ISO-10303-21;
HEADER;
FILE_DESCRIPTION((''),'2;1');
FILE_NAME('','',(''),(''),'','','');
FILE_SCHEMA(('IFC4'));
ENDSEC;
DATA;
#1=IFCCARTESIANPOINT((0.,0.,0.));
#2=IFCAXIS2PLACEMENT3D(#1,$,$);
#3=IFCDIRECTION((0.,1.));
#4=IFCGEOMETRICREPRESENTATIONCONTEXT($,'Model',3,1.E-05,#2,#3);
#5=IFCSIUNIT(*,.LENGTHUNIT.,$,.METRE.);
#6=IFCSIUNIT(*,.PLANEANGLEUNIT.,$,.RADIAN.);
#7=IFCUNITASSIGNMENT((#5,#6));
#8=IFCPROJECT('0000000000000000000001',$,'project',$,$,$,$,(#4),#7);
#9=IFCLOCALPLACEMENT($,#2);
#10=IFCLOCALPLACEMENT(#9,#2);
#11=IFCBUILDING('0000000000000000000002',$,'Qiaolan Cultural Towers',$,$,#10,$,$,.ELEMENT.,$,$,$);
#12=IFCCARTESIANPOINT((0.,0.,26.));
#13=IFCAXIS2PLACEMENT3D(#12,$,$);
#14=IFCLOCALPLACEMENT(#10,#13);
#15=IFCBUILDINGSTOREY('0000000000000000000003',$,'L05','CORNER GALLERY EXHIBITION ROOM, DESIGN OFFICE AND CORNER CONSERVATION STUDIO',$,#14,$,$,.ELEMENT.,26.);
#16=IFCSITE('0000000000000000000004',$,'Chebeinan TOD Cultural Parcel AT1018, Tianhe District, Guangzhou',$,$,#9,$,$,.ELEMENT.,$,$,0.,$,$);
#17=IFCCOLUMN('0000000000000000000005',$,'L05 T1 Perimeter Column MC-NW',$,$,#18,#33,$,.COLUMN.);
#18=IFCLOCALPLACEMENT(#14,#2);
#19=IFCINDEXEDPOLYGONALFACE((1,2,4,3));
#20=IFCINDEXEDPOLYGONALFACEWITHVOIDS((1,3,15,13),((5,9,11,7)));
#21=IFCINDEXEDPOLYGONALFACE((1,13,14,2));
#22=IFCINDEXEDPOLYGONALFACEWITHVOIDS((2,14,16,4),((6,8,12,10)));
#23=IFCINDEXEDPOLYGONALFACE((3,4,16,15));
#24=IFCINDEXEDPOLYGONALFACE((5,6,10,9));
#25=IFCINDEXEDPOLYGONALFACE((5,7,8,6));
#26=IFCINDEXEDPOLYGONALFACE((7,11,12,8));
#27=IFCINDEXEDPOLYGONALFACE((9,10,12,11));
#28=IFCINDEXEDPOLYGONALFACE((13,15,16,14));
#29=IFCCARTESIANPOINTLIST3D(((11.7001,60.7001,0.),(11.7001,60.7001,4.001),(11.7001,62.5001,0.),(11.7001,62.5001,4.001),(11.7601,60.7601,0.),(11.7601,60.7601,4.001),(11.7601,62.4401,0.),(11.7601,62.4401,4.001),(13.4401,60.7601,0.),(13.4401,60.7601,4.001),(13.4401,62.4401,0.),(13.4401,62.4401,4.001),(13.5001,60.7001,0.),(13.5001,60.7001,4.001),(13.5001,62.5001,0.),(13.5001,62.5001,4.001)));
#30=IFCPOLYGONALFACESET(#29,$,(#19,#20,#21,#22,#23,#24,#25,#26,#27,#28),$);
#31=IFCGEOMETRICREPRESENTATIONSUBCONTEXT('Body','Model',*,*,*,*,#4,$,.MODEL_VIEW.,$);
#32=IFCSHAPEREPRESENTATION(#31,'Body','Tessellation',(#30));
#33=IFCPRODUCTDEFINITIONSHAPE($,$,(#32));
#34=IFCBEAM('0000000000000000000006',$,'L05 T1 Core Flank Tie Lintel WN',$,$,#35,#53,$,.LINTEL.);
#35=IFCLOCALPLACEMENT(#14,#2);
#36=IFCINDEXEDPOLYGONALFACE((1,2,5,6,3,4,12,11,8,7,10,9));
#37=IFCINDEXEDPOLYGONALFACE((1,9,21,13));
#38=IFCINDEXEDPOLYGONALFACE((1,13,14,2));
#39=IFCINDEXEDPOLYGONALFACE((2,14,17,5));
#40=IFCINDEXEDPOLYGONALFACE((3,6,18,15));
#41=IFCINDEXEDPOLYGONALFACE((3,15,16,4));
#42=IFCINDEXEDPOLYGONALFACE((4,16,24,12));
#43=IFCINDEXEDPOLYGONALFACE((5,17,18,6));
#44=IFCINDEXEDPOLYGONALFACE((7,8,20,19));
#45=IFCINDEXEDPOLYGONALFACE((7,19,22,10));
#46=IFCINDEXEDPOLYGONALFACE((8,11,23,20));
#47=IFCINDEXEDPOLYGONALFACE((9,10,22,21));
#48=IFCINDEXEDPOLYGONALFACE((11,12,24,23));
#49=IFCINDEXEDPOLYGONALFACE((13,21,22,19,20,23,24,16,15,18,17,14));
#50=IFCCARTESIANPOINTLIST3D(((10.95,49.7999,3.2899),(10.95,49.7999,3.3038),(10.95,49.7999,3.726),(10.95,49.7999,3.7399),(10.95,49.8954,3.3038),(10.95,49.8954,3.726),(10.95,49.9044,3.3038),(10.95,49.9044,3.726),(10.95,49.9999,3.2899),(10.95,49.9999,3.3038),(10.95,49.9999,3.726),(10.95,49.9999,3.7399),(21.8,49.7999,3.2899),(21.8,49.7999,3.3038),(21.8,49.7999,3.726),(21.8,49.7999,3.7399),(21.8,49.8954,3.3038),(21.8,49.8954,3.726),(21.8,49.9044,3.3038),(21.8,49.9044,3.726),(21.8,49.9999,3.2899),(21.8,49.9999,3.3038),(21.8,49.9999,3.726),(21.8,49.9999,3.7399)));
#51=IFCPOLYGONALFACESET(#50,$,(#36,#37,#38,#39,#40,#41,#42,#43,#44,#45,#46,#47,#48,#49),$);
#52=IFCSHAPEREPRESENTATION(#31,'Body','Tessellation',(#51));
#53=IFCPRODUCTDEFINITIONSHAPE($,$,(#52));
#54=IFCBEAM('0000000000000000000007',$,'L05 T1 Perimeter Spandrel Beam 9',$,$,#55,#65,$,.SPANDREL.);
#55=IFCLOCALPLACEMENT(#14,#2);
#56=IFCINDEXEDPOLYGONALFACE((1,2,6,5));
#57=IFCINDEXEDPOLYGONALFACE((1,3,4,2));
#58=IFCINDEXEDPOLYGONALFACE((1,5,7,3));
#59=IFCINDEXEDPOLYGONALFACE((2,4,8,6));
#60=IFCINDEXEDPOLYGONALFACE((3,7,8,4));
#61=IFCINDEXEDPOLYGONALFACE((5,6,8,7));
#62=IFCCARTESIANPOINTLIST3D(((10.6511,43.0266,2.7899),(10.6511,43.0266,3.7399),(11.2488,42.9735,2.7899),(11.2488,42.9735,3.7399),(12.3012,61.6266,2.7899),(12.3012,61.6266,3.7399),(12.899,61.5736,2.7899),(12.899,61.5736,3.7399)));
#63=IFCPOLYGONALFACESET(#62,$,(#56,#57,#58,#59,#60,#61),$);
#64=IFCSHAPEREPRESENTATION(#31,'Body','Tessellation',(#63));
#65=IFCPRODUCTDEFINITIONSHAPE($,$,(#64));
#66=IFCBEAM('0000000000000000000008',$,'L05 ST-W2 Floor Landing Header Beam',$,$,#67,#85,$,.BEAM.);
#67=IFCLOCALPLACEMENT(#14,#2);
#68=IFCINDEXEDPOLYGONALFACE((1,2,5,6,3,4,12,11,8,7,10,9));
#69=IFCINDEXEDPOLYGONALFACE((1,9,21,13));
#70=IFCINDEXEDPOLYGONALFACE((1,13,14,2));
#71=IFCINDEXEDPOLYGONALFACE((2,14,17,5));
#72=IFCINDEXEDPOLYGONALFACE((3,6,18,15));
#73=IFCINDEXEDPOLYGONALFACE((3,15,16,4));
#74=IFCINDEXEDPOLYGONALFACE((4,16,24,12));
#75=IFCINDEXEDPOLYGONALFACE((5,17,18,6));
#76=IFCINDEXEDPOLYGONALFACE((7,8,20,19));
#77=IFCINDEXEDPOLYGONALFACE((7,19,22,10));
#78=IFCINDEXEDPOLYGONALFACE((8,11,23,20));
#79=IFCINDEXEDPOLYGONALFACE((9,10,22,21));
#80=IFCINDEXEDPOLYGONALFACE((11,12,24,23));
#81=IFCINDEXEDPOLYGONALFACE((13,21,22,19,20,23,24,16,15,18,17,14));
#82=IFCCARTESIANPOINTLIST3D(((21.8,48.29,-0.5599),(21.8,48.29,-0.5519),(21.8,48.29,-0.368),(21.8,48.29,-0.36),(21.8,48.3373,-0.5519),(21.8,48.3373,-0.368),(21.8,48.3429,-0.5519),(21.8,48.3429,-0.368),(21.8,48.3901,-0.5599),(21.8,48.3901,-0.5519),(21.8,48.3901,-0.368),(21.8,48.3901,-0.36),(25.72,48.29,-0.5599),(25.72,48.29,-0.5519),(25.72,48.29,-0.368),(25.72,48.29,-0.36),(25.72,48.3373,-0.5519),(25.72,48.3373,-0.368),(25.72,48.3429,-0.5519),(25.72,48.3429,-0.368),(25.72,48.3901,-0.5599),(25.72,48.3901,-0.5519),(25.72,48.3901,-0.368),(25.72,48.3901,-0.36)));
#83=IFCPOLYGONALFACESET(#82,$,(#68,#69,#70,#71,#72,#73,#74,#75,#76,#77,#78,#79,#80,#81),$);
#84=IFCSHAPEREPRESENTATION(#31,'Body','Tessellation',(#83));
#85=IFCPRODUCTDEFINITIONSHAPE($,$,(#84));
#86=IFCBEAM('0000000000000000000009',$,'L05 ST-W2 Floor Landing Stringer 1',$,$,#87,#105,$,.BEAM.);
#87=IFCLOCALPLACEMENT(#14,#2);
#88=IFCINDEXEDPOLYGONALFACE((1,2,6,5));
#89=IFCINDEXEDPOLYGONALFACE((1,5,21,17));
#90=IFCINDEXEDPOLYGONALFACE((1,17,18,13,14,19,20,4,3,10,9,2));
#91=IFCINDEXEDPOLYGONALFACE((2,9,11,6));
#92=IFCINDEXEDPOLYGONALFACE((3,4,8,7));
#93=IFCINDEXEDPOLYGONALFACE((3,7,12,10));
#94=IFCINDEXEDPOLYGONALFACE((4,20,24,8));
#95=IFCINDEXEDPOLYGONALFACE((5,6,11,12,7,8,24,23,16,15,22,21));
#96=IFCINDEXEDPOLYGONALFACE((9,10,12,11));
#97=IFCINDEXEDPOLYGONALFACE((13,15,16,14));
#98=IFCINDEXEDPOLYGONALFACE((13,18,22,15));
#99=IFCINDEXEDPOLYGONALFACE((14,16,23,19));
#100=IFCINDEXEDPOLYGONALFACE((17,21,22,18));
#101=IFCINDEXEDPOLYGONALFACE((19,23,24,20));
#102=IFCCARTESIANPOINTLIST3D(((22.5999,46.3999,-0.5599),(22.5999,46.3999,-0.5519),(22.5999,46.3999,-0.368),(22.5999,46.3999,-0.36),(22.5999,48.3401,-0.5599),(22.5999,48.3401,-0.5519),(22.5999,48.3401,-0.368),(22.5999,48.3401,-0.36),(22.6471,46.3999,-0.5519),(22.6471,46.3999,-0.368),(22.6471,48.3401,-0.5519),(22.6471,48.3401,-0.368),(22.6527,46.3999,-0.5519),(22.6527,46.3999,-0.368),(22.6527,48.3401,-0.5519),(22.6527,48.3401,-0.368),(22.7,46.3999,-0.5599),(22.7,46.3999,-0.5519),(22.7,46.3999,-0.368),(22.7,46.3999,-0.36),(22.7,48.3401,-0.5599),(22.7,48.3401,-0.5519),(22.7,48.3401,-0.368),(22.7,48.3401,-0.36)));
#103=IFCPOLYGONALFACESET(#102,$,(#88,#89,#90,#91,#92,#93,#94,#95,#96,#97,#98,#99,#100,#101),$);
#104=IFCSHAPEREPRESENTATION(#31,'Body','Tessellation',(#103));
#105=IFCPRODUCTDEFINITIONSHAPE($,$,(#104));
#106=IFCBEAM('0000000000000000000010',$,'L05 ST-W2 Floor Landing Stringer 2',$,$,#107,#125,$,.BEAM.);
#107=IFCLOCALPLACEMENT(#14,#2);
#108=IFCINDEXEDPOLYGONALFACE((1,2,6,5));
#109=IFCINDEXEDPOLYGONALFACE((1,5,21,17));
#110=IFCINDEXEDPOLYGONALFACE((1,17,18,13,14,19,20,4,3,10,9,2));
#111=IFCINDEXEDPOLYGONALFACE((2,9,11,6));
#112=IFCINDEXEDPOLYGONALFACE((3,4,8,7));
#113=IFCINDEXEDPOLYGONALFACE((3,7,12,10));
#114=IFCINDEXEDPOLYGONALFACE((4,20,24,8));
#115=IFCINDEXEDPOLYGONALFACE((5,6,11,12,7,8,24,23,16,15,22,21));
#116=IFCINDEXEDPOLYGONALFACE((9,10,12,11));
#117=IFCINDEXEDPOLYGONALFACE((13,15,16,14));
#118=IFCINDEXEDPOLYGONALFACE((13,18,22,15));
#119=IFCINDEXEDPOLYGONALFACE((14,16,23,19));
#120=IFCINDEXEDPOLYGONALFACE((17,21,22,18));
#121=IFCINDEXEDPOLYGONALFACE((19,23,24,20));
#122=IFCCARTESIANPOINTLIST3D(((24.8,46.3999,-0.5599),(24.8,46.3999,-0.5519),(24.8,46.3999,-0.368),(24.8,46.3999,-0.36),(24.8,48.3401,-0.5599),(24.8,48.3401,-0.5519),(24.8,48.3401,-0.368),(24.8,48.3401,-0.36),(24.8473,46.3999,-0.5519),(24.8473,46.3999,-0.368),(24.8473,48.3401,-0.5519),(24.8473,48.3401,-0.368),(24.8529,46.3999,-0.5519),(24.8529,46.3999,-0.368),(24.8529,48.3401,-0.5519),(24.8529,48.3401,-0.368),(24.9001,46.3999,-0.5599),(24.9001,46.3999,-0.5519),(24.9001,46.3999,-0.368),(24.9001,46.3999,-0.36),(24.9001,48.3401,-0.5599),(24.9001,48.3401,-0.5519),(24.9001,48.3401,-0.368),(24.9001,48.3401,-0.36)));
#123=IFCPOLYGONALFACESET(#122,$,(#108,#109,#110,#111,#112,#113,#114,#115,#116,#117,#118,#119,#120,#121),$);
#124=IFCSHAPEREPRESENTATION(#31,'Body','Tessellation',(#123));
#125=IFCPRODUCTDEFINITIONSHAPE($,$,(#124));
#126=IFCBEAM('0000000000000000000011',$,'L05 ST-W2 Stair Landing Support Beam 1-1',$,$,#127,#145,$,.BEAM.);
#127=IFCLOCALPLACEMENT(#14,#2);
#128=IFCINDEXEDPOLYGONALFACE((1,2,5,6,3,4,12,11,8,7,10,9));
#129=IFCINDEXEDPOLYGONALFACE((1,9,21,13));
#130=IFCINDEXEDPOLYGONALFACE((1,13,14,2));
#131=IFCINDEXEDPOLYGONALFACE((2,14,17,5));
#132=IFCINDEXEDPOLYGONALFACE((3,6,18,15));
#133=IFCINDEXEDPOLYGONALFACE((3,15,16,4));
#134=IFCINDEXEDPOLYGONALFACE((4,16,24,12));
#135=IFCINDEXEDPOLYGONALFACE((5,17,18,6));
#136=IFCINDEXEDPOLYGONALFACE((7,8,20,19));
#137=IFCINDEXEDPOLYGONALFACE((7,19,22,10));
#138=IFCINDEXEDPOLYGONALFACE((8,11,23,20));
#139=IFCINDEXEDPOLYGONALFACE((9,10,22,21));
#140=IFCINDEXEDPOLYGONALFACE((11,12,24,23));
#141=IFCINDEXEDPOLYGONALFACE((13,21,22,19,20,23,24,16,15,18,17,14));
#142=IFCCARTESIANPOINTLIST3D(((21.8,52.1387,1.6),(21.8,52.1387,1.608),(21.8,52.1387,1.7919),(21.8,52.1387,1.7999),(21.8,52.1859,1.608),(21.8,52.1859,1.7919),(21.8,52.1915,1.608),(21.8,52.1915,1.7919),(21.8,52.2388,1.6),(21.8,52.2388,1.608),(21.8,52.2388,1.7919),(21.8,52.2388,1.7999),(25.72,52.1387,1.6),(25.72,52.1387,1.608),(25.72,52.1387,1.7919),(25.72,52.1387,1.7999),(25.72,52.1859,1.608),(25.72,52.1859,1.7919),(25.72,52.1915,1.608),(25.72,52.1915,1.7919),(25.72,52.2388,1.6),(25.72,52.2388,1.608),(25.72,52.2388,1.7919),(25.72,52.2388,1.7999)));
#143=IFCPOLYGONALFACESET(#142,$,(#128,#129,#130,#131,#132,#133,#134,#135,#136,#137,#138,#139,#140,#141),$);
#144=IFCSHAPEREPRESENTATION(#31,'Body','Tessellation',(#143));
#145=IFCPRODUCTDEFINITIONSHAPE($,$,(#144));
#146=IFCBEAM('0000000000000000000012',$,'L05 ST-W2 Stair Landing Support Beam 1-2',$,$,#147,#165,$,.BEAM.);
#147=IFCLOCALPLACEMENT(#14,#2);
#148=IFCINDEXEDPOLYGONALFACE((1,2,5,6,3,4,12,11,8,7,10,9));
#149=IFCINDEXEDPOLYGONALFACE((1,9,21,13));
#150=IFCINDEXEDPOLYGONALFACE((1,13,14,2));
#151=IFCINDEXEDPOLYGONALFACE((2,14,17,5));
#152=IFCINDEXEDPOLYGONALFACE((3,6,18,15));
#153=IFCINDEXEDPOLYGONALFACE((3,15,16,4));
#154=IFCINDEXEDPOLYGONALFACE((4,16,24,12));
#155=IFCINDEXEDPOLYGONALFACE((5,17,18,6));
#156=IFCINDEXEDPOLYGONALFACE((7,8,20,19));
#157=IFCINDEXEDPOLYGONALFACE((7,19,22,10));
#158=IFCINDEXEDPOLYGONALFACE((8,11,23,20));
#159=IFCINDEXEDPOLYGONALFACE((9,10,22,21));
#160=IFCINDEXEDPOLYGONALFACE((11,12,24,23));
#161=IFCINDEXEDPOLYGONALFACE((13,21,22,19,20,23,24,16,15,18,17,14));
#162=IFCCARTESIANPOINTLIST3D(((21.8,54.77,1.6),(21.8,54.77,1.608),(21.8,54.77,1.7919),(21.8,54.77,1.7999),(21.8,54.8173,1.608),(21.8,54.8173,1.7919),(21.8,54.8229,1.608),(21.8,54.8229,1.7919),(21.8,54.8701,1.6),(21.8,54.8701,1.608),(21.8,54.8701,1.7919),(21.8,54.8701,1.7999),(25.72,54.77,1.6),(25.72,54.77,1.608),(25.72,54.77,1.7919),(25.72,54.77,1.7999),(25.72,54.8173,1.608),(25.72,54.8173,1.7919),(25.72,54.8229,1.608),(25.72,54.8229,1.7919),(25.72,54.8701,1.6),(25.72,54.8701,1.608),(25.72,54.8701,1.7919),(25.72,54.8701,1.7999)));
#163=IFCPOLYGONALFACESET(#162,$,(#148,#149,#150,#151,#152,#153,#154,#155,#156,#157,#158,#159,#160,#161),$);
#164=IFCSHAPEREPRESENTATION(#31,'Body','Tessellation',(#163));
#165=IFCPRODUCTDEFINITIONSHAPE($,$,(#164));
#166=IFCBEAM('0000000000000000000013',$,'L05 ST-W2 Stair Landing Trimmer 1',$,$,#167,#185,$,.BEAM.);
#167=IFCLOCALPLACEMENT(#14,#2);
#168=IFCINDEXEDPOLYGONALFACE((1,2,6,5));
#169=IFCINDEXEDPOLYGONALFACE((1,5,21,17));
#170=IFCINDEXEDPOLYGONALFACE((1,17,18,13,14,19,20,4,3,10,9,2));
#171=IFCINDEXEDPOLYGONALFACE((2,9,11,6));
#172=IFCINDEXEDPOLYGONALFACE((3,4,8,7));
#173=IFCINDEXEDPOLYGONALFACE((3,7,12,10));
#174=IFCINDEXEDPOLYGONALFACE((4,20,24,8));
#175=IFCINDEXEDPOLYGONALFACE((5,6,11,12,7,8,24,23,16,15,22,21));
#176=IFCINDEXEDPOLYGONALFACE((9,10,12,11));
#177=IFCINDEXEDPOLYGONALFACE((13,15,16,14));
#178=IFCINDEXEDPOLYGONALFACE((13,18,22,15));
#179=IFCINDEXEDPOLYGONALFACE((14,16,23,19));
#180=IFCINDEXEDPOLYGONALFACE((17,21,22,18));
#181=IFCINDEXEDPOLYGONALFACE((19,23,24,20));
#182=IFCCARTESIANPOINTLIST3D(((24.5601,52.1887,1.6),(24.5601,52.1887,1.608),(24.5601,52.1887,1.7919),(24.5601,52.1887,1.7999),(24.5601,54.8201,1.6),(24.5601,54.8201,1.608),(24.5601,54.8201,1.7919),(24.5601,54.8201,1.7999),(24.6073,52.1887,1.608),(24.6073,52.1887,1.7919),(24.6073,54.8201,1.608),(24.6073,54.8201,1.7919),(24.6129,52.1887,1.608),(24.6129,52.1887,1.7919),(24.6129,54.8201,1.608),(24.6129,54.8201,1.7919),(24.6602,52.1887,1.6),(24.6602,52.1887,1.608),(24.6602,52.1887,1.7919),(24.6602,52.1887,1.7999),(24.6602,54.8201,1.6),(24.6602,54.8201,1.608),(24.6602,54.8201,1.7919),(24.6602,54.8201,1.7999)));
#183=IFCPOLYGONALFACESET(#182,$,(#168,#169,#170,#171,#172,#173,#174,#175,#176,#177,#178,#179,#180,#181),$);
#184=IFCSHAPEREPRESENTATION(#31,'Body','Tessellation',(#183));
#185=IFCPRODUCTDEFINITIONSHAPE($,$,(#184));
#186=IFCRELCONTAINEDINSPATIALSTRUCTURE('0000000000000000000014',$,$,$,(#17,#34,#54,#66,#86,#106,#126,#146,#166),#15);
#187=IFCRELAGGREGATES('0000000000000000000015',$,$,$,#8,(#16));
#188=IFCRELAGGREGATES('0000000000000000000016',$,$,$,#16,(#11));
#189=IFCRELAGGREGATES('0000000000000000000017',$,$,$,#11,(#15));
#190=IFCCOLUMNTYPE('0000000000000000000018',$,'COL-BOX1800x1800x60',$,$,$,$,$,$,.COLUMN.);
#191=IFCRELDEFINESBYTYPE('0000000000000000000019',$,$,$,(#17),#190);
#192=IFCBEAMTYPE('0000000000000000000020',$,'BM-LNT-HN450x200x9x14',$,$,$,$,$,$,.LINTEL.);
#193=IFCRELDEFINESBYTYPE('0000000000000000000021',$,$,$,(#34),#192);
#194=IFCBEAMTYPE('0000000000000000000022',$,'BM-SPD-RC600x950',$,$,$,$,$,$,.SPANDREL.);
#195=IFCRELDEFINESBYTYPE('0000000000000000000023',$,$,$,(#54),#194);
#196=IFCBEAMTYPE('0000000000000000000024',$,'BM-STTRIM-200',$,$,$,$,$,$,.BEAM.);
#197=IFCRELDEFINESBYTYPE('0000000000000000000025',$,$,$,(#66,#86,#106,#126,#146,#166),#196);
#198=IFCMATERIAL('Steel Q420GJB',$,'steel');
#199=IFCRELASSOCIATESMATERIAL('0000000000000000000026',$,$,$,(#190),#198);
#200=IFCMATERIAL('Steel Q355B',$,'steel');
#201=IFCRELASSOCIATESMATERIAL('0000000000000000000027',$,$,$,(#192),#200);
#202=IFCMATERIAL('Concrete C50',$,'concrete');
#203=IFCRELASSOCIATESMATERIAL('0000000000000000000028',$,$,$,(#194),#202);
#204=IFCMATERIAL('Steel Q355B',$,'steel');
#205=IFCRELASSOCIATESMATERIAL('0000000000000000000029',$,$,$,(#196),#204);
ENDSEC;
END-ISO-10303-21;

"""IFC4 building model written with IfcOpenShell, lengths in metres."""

from ifc_helpers import new_model, si_unit, direction, frame, origin, origin_2d, place, context, subcontext, project, spatial, rectangle, hollow_rectangle, i_section, extrude, material, material_profile, profile_set, type_object, element, save


model = new_model("IFC4")

# Units and contexts
model_context = context("Model", 3, precision=1e-05, world=origin(), true_north=direction((0.0, 1.0)))
body_context = subcontext(model_context, "Body", "Model", "MODEL_VIEW")
ifc_project = project(units=[si_unit("LENGTHUNIT", "METRE"), si_unit("PLANEANGLEUNIT", "RADIAN")], contexts=[model_context])

# Site, building, storey
site_placement = place(None, origin())
site = spatial("IfcSite", under=ifc_project, at=site_placement, Name="Chebeinan TOD Cultural Parcel AT1018, Tianhe District, Guangzhou", CompositionType="ELEMENT", RefElevation=0.0)
building_placement = place(site_placement, origin())
building = spatial("IfcBuilding", under=site, at=building_placement, Name="Qiaolan Cultural Towers", CompositionType="ELEMENT")
storey_placement = place(building_placement, frame((0.0, 0.0, 26.0)))
storey = spatial("IfcBuildingStorey", under=building, at=storey_placement, Name="L05", Description="CORNER GALLERY EXHIBITION ROOM, DESIGN OFFICE AND CORNER CONSERVATION STUDIO", CompositionType="ELEMENT", Elevation=26.0)

# Column
ifc_material_1 = material(Name="Steel Q420GJB", Category="steel")
ifc_material_profile_1 = material_profile(ifc_material_1, hollow_rectangle(XDim=1.8, YDim=1.8, WallThickness=0.0601, at=origin_2d()), Name="BOX1800x1800x60")
ifc_profile_set_1 = profile_set([ifc_material_profile_1], Name="Steel Q420GJB")
column_type = type_object("IfcColumnType", Name="COL-BOX1800x1800x60", PredefinedType="COLUMN", material=ifc_profile_set_1)
column_placement = place(storey_placement, frame((12.6001, 61.6001, 0.0), z_axis=(0.0, 0.0, 1.0), x_axis=(1.0, 0.0, 0.0)))
element("IfcColumn", 1, at=column_placement, inside=storey, type_object=column_type, Name="L05 T1 Perimeter Column MC-NW", PredefinedType="COLUMN", context=body_context, shape_type="SweptSolid", body=[
    extrude(hollow_rectangle(XDim=1.8, YDim=1.8, WallThickness=0.0601, at=origin_2d()), origin(), (0.0, 0.0, 1.0), 4.001),
])

# Beams
ifc_material_2 = material(Name="Steel Q355B", Category="steel")
ifc_material_profile_2 = material_profile(ifc_material_2, i_section(OverallWidth=0.2, OverallDepth=0.45, WebThickness=0.009, FlangeThickness=0.0139, at=origin_2d()), Name="HN450x200x9x14")
ifc_profile_set_2 = profile_set([ifc_material_profile_2], Name="Steel Q355B")
beam_type_1 = type_object("IfcBeamType", Name="BM-LNT-HN450x200x9x14", PredefinedType="LINTEL", material=ifc_profile_set_2)
beam_1_placement = place(storey_placement, frame((21.8, 49.8999, 3.5149), z_axis=(-1.0, 0.0, 0.0), x_axis=(0.0, -1.0, 0.0)))
element("IfcBeam", 2, at=beam_1_placement, inside=storey, type_object=beam_type_1, Name="L05 T1 Core Flank Tie Lintel WN", PredefinedType="LINTEL", context=body_context, shape_type="SweptSolid", body=[
    extrude(i_section(OverallWidth=0.2, OverallDepth=0.45, WebThickness=0.009, FlangeThickness=0.0139, at=origin_2d()), origin(), (0.0, 0.0, 1.0), 10.8501),
])
ifc_material_3 = material(Name="Concrete C50", Category="concrete")
ifc_material_profile_3 = material_profile(ifc_material_3, rectangle(XDim=0.6001, YDim=0.95, at=origin_2d()), Name="RC600x950")
ifc_profile_set_3 = profile_set([ifc_material_profile_3], Name="Concrete C50")
beam_type_2 = type_object("IfcBeamType", Name="BM-SPD-RC600x950", PredefinedType="SPANDREL", material=ifc_profile_set_3)
beam_2_placement = place(storey_placement, frame((12.6001, 61.6001, 3.2649), z_axis=(-0.08837, -0.996088, 0.0), x_axis=(0.996088, -0.08837, 0.0)))
element("IfcBeam", 3, at=beam_2_placement, inside=storey, type_object=beam_type_2, Name="L05 T1 Perimeter Spandrel Beam 9", PredefinedType="SPANDREL", context=body_context, shape_type="SweptSolid", body=[
    extrude(rectangle(XDim=0.6001, YDim=0.95, at=origin_2d()), origin(), (0.0, 0.0, 1.0), 18.6731),
])
ifc_material_4 = material(Name="Steel Q355B", Category="steel")
ifc_material_profile_4 = material_profile(ifc_material_4, i_section(OverallWidth=0.1001, OverallDepth=0.2, WebThickness=0.0056, FlangeThickness=0.0081, at=origin_2d()), Name="HN200x100x5.5x8")
ifc_profile_set_4 = profile_set([ifc_material_profile_4], Name="Steel Q355B")
beam_type_3 = type_object("IfcBeamType", Name="BM-STTRIM-200", PredefinedType="BEAM", material=ifc_profile_set_4)
beam_3_placement = place(storey_placement, frame((21.8, 48.3401, -0.46), z_axis=(1.0, 0.0, 0.0), x_axis=(0.0, 1.0, 0.0)))
element("IfcBeam", 4, at=beam_3_placement, inside=storey, type_object=beam_type_3, Name="L05 ST-W2 Floor Landing Header Beam", PredefinedType="BEAM", context=body_context, shape_type="SweptSolid", body=[
    extrude(i_section(OverallWidth=0.1001, OverallDepth=0.2, WebThickness=0.0056, FlangeThickness=0.0081, at=origin_2d()), origin(), (0.0, 0.0, 1.0), 3.9199),
])
for number, where, z_axis, x_axis, name in (
    (5, (22.6499, 46.3999, -0.46), (0.0, 1.0, 0.0), (-1.0, 0.0, 0.0), "L05 ST-W2 Floor Landing Stringer 1"),
    (6, (24.8501, 46.3999, -0.46), (0.0, 1.0, 0.0), (-1.0, 0.0, 0.0), "L05 ST-W2 Floor Landing Stringer 2"),
):
    element("IfcBeam", number, at=place(storey_placement, frame(where, z_axis=z_axis, x_axis=x_axis)), inside=storey, type_object=beam_type_3, Name=name, PredefinedType="BEAM", context=body_context, shape_type="SweptSolid", body=[
        extrude(i_section(OverallWidth=0.1001, OverallDepth=0.2, WebThickness=0.0056, FlangeThickness=0.0081, at=origin_2d()), origin(), (0.0, 0.0, 1.0), 1.9402),
    ])
for number, where, z_axis, x_axis, name in (
    (7, (21.8, 52.1887, 1.7), (1.0, 0.0, 0.0), (0.0, 1.0, 0.0), "L05 ST-W2 Stair Landing Support Beam 1-1"),
    (8, (21.8, 54.8201, 1.7), (1.0, 0.0, 0.0), (0.0, 1.0, 0.0), "L05 ST-W2 Stair Landing Support Beam 1-2"),
):
    element("IfcBeam", number, at=place(storey_placement, frame(where, z_axis=z_axis, x_axis=x_axis)), inside=storey, type_object=beam_type_3, Name=name, PredefinedType="BEAM", context=body_context, shape_type="SweptSolid", body=[
        extrude(i_section(OverallWidth=0.1001, OverallDepth=0.2, WebThickness=0.0056, FlangeThickness=0.0081, at=origin_2d()), origin(), (0.0, 0.0, 1.0), 3.9199),
    ])
beam_4_placement = place(storey_placement, frame((24.6101, 52.1887, 1.7), z_axis=(0.0, 1.0, 0.0), x_axis=(-1.0, 0.0, 0.0)))
element("IfcBeam", 9, at=beam_4_placement, inside=storey, type_object=beam_type_3, Name="L05 ST-W2 Stair Landing Trimmer 1", PredefinedType="BEAM", context=body_context, shape_type="SweptSolid", body=[
    extrude(i_section(OverallWidth=0.1001, OverallDepth=0.2, WebThickness=0.0056, FlangeThickness=0.0081, at=origin_2d()), origin(), (0.0, 0.0, 1.0), 2.6313),
])

save(model, "model.ifc")
